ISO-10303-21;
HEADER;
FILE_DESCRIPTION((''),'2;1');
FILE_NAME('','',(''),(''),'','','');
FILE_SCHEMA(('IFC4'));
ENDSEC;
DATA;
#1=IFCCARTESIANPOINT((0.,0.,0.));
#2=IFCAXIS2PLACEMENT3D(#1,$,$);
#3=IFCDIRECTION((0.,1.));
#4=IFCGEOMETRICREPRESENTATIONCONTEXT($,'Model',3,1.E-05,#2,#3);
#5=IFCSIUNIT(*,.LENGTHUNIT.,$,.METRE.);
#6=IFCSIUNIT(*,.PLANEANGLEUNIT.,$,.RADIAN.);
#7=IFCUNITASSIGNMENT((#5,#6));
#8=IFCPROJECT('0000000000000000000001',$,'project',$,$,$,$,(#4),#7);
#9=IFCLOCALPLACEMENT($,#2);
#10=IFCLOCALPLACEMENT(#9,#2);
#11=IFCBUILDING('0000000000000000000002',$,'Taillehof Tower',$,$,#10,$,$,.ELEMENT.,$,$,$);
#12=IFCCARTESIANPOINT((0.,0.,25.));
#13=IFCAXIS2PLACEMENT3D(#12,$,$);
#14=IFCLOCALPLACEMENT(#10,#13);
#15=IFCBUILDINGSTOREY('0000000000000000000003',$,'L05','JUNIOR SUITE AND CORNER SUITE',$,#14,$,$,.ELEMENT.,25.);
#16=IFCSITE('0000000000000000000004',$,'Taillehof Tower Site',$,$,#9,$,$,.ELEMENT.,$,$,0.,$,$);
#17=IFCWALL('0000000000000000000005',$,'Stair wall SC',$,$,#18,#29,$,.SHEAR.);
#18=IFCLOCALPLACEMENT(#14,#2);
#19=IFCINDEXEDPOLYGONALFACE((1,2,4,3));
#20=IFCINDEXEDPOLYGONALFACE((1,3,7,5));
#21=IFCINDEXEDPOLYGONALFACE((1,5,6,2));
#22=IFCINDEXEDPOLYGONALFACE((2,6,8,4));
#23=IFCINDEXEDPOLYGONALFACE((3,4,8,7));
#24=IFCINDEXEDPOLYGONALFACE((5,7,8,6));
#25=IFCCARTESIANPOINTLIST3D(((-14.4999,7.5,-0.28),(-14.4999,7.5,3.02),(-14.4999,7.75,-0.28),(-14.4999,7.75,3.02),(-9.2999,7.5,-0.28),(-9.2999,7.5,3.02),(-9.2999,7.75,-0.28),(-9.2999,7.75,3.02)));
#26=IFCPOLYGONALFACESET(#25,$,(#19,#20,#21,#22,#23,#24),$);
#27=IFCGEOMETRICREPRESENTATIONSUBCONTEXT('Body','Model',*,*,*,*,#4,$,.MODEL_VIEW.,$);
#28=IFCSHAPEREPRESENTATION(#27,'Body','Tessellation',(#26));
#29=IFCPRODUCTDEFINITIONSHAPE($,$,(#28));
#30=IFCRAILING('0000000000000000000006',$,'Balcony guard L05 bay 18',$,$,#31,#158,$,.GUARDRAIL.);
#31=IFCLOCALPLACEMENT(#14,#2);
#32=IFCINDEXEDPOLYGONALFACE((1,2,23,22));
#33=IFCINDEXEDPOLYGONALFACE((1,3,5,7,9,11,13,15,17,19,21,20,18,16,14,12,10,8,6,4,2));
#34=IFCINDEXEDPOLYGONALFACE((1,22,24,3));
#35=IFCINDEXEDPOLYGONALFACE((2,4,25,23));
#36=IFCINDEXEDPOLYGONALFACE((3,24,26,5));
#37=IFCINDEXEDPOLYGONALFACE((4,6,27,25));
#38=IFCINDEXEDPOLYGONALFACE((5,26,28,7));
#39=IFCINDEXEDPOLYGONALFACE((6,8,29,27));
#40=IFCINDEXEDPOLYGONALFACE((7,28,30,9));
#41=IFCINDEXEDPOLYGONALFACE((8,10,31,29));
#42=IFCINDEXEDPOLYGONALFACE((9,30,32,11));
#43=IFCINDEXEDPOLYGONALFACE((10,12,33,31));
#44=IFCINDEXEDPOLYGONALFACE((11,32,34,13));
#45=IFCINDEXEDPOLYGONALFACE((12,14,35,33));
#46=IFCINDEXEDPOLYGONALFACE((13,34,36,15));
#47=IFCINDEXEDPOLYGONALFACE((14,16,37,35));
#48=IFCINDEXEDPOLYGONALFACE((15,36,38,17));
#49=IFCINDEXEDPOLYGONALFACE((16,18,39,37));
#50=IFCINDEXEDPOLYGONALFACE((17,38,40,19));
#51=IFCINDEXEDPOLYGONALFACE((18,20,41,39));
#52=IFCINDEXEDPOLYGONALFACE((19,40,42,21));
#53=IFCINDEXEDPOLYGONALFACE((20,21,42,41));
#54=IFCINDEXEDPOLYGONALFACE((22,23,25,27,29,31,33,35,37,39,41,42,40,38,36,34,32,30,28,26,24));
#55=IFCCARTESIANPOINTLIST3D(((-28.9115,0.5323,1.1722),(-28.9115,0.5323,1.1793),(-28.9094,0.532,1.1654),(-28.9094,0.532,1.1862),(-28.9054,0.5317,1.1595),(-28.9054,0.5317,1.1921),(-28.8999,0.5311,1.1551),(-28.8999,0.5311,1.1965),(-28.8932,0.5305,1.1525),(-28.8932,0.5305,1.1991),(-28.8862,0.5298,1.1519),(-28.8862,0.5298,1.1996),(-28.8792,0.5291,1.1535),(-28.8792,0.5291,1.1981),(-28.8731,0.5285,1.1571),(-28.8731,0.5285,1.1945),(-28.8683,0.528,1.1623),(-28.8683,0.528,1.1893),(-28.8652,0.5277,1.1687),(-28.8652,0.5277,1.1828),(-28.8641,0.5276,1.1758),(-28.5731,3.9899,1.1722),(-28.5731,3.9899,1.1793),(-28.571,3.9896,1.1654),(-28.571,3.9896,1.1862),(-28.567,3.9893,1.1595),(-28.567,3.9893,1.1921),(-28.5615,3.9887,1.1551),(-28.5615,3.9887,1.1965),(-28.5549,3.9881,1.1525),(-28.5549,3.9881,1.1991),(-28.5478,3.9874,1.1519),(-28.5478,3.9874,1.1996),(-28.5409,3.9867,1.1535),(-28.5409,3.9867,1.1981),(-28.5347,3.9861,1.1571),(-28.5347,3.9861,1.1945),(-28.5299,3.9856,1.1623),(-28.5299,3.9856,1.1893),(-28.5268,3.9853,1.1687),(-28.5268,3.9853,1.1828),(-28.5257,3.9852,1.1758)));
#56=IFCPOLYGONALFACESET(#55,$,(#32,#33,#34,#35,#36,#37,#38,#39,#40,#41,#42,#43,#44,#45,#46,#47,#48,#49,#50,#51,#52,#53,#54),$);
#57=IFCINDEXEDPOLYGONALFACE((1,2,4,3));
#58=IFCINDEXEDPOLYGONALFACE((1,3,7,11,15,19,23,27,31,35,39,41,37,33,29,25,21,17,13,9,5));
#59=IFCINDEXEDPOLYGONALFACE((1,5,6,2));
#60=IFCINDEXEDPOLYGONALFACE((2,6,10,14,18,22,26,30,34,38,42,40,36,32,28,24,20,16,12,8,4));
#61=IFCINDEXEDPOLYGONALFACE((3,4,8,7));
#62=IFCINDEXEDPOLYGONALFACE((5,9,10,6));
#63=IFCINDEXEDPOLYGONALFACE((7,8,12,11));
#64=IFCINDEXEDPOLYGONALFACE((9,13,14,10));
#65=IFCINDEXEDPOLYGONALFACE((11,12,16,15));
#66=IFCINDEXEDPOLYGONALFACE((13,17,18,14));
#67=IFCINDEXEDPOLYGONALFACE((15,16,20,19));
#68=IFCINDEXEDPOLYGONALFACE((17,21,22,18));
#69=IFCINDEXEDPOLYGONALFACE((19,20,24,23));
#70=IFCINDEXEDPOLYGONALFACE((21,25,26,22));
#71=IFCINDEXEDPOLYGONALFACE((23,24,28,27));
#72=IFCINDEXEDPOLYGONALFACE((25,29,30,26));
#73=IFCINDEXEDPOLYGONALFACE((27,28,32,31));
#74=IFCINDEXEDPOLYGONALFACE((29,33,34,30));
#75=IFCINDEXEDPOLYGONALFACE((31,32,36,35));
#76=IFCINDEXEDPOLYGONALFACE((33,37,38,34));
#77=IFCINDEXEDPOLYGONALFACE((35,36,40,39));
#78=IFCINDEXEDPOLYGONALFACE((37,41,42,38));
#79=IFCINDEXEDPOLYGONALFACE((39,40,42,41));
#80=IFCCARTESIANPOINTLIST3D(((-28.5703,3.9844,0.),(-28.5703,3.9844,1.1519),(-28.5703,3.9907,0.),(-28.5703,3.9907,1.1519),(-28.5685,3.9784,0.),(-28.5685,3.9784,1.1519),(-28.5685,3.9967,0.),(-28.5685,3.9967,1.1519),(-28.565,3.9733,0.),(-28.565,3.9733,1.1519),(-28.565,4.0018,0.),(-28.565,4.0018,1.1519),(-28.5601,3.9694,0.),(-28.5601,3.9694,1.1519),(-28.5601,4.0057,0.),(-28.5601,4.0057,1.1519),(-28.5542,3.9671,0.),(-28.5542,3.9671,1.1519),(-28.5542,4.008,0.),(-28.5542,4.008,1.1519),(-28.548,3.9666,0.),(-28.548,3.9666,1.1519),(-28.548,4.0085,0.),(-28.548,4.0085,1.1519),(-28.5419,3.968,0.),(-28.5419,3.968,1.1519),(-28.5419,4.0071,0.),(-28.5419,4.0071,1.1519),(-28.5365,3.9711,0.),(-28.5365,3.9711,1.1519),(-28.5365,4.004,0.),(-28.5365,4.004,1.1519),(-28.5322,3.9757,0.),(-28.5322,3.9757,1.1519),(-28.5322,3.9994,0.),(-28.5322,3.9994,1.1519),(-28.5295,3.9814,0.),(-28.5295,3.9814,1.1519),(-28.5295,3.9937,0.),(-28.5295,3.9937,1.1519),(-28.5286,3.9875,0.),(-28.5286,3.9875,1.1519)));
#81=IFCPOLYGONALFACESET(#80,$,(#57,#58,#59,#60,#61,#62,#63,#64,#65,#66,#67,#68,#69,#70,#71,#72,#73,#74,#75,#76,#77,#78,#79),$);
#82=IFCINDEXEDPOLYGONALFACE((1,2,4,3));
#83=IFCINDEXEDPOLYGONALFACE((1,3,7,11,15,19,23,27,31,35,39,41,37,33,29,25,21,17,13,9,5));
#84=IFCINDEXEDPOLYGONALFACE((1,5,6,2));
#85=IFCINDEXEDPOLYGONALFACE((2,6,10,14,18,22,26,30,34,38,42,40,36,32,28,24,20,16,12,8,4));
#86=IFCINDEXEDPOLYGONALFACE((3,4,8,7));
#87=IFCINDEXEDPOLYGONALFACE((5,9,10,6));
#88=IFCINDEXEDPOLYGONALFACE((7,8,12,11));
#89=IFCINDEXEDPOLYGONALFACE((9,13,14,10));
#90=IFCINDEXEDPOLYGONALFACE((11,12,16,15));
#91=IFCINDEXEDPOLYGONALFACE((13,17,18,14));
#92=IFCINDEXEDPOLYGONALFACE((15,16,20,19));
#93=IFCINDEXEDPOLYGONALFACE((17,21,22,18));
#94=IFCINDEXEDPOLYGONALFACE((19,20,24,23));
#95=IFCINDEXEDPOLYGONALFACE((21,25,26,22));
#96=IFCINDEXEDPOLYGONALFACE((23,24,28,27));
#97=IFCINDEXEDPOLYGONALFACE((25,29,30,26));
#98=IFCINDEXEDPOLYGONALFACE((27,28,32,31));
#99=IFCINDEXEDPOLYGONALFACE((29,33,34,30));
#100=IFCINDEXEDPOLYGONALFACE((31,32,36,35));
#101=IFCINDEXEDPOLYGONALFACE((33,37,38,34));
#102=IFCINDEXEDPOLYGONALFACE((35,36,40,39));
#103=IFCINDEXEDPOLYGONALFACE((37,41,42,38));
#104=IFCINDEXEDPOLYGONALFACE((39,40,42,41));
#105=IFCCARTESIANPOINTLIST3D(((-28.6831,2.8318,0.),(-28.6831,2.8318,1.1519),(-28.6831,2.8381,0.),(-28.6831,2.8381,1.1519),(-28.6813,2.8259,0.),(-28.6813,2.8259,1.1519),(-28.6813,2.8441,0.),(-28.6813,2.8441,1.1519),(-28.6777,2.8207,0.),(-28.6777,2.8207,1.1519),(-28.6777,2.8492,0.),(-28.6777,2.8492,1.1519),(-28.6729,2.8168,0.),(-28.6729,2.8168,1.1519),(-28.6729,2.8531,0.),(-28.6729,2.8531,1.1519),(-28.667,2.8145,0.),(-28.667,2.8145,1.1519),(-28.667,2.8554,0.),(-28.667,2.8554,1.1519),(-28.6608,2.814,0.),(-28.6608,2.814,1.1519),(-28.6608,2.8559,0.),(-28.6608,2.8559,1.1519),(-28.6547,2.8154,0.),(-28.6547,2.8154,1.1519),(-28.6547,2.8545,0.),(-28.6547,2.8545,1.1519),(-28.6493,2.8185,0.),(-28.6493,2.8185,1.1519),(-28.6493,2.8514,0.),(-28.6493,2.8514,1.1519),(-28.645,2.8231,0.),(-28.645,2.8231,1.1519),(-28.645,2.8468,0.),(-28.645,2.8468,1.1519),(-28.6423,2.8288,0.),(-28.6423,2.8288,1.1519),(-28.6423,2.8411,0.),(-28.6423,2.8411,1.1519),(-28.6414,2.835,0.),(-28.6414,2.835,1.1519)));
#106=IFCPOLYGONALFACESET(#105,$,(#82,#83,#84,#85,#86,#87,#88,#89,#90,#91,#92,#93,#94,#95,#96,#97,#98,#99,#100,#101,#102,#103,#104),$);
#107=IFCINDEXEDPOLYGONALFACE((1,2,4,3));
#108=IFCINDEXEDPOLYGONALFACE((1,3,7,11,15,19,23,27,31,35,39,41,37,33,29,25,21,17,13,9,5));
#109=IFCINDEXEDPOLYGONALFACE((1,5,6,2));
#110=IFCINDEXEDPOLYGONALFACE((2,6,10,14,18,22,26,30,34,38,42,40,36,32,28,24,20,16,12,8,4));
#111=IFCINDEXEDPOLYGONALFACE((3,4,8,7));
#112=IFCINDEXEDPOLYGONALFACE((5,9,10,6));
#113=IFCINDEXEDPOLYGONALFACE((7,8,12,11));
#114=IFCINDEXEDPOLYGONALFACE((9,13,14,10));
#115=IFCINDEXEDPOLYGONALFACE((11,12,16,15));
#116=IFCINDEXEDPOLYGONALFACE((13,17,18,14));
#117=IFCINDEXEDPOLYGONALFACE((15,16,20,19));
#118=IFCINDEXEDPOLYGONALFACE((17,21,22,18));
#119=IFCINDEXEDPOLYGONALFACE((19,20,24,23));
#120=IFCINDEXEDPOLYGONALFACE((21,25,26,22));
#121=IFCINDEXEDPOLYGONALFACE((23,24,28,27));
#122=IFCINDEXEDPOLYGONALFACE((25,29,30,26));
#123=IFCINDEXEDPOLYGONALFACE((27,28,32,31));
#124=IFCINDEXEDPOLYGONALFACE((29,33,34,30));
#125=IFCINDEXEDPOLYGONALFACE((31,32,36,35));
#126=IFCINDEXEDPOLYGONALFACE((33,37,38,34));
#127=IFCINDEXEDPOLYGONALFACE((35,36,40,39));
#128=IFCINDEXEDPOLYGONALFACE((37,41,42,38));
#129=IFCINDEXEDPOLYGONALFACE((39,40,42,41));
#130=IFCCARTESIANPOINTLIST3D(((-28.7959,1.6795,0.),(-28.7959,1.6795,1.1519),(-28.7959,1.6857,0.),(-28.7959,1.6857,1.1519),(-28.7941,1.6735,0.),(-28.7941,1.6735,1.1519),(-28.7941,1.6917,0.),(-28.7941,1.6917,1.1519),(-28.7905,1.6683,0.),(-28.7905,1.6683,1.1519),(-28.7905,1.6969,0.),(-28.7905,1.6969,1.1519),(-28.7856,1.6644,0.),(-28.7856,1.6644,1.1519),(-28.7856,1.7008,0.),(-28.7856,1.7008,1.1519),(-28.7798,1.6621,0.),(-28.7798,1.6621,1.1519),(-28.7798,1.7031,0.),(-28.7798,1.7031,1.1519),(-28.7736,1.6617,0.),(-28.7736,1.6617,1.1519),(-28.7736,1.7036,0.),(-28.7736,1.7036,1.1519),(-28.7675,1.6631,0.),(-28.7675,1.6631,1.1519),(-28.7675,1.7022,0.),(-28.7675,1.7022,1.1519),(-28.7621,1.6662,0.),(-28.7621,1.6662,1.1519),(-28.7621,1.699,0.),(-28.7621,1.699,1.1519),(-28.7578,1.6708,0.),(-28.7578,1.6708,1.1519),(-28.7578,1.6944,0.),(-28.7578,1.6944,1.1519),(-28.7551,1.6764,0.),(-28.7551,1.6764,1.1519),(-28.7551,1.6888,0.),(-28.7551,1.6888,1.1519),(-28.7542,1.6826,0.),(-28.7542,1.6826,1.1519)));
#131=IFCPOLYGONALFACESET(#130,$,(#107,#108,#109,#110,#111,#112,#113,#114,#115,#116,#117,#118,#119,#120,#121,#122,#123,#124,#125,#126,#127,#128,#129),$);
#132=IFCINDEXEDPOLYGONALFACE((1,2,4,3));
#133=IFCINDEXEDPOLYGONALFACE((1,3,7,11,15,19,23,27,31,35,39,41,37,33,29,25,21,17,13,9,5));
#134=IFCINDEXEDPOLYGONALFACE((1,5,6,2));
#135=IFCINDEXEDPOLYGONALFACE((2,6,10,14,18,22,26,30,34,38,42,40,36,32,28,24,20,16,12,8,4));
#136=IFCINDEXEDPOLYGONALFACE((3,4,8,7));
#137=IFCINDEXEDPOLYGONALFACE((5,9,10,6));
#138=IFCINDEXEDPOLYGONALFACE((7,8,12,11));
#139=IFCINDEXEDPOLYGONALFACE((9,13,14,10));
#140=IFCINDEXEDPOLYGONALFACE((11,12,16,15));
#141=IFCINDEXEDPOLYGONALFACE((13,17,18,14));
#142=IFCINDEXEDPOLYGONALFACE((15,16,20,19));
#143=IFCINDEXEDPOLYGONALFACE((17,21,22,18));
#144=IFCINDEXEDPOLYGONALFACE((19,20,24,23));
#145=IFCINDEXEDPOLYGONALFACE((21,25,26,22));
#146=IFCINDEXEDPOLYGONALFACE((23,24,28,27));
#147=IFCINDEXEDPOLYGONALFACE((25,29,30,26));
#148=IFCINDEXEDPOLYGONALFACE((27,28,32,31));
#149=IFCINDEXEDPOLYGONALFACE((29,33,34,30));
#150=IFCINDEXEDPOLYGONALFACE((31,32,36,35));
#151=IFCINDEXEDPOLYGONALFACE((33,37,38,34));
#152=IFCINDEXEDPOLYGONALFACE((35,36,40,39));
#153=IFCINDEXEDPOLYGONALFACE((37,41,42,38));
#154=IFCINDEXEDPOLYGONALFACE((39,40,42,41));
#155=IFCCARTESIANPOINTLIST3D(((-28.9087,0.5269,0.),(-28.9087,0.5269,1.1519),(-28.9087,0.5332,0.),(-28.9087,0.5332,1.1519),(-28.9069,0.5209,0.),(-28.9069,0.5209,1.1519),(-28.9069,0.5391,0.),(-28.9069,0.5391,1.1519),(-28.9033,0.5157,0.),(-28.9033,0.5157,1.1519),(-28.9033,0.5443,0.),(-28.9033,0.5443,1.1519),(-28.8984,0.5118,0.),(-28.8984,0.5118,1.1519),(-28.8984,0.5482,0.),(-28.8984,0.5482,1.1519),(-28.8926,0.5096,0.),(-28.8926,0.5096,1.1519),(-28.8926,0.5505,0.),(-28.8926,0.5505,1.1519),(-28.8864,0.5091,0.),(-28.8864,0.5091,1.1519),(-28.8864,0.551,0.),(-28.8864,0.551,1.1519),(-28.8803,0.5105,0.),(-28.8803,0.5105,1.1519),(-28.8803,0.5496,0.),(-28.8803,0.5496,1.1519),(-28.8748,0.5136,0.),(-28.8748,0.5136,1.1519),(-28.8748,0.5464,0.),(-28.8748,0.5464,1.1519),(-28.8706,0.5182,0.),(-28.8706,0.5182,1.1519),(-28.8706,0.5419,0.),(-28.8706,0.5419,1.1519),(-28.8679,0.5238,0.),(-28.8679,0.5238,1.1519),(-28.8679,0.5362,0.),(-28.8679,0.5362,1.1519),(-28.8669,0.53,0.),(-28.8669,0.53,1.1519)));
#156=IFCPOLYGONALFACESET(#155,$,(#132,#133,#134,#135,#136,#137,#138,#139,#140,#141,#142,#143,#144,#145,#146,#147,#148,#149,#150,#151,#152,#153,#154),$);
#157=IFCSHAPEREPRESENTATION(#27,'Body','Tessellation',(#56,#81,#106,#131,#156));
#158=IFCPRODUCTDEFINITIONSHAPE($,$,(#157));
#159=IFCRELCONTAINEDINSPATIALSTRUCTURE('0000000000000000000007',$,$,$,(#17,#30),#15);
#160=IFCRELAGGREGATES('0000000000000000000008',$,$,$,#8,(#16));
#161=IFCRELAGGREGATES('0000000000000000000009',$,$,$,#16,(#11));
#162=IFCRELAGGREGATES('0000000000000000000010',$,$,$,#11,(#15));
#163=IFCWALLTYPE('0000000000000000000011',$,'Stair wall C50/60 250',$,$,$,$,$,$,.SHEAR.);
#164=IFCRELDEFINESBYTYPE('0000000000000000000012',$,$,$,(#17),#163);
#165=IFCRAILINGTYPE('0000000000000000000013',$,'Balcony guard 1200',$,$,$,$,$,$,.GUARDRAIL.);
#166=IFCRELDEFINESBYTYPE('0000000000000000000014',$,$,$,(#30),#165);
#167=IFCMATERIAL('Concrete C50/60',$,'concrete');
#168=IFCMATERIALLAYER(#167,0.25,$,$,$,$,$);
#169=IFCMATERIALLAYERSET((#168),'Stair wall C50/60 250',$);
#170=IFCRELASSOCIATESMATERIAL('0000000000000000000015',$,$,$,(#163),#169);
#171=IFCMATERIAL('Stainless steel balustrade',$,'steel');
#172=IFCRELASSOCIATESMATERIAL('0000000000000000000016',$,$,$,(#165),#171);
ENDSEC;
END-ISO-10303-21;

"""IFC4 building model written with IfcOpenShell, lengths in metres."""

from ifc_helpers import new_model, si_unit, direction, frame, frame_2d, origin, origin_2d, place, context, subcontext, project, spatial, rectangle, circle, extrude, material, layer, layer_set, type_object, element, save


model = new_model("IFC4")

# Units and contexts
model_context = context("Model", 3, precision=1e-05, world=origin(), true_north=direction((0.0, 1.0)))
body_context = subcontext(model_context, "Body", "Model", "MODEL_VIEW")
ifc_project = project(units=[si_unit("LENGTHUNIT", "METRE"), si_unit("PLANEANGLEUNIT", "RADIAN")], contexts=[model_context])

# Site, building, storey
site_placement = place(None, origin())
site = spatial("IfcSite", under=ifc_project, at=site_placement, Name="Taillehof Tower Site", CompositionType="ELEMENT", RefElevation=0.0)
building_placement = place(site_placement, origin())
building = spatial("IfcBuilding", under=site, at=building_placement, Name="Taillehof Tower", CompositionType="ELEMENT")
storey_placement = place(building_placement, frame((0.0, 0.0, 25.0)))
storey = spatial("IfcBuildingStorey", under=building, at=storey_placement, Name="L05", Description="JUNIOR SUITE AND CORNER SUITE", CompositionType="ELEMENT", Elevation=25.0)

# Wall
ifc_material_1 = material(Name="Concrete C50/60", Category="concrete")
ifc_layer_1 = layer(ifc_material_1, 0.25)
ifc_layer_set_1 = layer_set([ifc_layer_1], Name="Stair wall C50/60 250")
wall_type_1 = type_object("IfcWallType", Name="Stair wall C50/60 250", PredefinedType="SHEAR", material=ifc_layer_set_1)
wall_1_placement = place(storey_placement, frame((-14.5, 7.625, -0.28), z_axis=(0.0, 0.0, 1.0), x_axis=(1.0, 0.0, 0.0)))
element("IfcWall", 1, at=wall_1_placement, inside=storey, type_object=wall_type_1, Name="Stair wall SC", PredefinedType="SHEAR", context=body_context, shape_type="SweptSolid", body=[
    extrude(rectangle(XDim=5.2, YDim=0.25, at=frame_2d((2.6001, 0.0))), origin(), (0.0, 0.0, 1.0), 3.3),
])

# Railing
ifc_material_2 = material(Name="Stainless steel balustrade", Category="steel")
railing_type = type_object("IfcRailingType", Name="Balcony guard 1200", PredefinedType="GUARDRAIL", material=ifc_material_2)
railing_placement = place(storey_placement, frame((-28.5496, 3.9875, 0.0)))
element("IfcRailing", 2, at=railing_placement, inside=storey, type_object=railing_type, Name="Balcony guard L05 bay 18", PredefinedType="GUARDRAIL", context=body_context, shape_type="SweptSolid", body=[
    extrude(circle(Radius=0.0239, at=origin_2d()), frame((0.0, 0.0, 1.1758), z_axis=(-0.097402, -0.995245, 0.0), x_axis=(0.995245, -0.097402, 0.0)), (0.0, 0.0, 1.0), 3.4741),
    extrude(circle(Radius=0.021, at=origin_2d()), origin(), (0.0, 0.0, 1.0), 1.1519),
    extrude(circle(Radius=0.021, at=origin_2d()), frame((-0.1128, -1.1526, 0.0)), (0.0, 0.0, 1.0), 1.1519),
    extrude(circle(Radius=0.021, at=origin_2d()), frame((-0.2256, -2.3049, 0.0)), (0.0, 0.0, 1.0), 1.1519),
    extrude(circle(Radius=0.021, at=origin_2d()), frame((-0.3384, -3.4575, 0.0)), (0.0, 0.0, 1.0), 1.1519),
])

save(model, "model.ifc")
